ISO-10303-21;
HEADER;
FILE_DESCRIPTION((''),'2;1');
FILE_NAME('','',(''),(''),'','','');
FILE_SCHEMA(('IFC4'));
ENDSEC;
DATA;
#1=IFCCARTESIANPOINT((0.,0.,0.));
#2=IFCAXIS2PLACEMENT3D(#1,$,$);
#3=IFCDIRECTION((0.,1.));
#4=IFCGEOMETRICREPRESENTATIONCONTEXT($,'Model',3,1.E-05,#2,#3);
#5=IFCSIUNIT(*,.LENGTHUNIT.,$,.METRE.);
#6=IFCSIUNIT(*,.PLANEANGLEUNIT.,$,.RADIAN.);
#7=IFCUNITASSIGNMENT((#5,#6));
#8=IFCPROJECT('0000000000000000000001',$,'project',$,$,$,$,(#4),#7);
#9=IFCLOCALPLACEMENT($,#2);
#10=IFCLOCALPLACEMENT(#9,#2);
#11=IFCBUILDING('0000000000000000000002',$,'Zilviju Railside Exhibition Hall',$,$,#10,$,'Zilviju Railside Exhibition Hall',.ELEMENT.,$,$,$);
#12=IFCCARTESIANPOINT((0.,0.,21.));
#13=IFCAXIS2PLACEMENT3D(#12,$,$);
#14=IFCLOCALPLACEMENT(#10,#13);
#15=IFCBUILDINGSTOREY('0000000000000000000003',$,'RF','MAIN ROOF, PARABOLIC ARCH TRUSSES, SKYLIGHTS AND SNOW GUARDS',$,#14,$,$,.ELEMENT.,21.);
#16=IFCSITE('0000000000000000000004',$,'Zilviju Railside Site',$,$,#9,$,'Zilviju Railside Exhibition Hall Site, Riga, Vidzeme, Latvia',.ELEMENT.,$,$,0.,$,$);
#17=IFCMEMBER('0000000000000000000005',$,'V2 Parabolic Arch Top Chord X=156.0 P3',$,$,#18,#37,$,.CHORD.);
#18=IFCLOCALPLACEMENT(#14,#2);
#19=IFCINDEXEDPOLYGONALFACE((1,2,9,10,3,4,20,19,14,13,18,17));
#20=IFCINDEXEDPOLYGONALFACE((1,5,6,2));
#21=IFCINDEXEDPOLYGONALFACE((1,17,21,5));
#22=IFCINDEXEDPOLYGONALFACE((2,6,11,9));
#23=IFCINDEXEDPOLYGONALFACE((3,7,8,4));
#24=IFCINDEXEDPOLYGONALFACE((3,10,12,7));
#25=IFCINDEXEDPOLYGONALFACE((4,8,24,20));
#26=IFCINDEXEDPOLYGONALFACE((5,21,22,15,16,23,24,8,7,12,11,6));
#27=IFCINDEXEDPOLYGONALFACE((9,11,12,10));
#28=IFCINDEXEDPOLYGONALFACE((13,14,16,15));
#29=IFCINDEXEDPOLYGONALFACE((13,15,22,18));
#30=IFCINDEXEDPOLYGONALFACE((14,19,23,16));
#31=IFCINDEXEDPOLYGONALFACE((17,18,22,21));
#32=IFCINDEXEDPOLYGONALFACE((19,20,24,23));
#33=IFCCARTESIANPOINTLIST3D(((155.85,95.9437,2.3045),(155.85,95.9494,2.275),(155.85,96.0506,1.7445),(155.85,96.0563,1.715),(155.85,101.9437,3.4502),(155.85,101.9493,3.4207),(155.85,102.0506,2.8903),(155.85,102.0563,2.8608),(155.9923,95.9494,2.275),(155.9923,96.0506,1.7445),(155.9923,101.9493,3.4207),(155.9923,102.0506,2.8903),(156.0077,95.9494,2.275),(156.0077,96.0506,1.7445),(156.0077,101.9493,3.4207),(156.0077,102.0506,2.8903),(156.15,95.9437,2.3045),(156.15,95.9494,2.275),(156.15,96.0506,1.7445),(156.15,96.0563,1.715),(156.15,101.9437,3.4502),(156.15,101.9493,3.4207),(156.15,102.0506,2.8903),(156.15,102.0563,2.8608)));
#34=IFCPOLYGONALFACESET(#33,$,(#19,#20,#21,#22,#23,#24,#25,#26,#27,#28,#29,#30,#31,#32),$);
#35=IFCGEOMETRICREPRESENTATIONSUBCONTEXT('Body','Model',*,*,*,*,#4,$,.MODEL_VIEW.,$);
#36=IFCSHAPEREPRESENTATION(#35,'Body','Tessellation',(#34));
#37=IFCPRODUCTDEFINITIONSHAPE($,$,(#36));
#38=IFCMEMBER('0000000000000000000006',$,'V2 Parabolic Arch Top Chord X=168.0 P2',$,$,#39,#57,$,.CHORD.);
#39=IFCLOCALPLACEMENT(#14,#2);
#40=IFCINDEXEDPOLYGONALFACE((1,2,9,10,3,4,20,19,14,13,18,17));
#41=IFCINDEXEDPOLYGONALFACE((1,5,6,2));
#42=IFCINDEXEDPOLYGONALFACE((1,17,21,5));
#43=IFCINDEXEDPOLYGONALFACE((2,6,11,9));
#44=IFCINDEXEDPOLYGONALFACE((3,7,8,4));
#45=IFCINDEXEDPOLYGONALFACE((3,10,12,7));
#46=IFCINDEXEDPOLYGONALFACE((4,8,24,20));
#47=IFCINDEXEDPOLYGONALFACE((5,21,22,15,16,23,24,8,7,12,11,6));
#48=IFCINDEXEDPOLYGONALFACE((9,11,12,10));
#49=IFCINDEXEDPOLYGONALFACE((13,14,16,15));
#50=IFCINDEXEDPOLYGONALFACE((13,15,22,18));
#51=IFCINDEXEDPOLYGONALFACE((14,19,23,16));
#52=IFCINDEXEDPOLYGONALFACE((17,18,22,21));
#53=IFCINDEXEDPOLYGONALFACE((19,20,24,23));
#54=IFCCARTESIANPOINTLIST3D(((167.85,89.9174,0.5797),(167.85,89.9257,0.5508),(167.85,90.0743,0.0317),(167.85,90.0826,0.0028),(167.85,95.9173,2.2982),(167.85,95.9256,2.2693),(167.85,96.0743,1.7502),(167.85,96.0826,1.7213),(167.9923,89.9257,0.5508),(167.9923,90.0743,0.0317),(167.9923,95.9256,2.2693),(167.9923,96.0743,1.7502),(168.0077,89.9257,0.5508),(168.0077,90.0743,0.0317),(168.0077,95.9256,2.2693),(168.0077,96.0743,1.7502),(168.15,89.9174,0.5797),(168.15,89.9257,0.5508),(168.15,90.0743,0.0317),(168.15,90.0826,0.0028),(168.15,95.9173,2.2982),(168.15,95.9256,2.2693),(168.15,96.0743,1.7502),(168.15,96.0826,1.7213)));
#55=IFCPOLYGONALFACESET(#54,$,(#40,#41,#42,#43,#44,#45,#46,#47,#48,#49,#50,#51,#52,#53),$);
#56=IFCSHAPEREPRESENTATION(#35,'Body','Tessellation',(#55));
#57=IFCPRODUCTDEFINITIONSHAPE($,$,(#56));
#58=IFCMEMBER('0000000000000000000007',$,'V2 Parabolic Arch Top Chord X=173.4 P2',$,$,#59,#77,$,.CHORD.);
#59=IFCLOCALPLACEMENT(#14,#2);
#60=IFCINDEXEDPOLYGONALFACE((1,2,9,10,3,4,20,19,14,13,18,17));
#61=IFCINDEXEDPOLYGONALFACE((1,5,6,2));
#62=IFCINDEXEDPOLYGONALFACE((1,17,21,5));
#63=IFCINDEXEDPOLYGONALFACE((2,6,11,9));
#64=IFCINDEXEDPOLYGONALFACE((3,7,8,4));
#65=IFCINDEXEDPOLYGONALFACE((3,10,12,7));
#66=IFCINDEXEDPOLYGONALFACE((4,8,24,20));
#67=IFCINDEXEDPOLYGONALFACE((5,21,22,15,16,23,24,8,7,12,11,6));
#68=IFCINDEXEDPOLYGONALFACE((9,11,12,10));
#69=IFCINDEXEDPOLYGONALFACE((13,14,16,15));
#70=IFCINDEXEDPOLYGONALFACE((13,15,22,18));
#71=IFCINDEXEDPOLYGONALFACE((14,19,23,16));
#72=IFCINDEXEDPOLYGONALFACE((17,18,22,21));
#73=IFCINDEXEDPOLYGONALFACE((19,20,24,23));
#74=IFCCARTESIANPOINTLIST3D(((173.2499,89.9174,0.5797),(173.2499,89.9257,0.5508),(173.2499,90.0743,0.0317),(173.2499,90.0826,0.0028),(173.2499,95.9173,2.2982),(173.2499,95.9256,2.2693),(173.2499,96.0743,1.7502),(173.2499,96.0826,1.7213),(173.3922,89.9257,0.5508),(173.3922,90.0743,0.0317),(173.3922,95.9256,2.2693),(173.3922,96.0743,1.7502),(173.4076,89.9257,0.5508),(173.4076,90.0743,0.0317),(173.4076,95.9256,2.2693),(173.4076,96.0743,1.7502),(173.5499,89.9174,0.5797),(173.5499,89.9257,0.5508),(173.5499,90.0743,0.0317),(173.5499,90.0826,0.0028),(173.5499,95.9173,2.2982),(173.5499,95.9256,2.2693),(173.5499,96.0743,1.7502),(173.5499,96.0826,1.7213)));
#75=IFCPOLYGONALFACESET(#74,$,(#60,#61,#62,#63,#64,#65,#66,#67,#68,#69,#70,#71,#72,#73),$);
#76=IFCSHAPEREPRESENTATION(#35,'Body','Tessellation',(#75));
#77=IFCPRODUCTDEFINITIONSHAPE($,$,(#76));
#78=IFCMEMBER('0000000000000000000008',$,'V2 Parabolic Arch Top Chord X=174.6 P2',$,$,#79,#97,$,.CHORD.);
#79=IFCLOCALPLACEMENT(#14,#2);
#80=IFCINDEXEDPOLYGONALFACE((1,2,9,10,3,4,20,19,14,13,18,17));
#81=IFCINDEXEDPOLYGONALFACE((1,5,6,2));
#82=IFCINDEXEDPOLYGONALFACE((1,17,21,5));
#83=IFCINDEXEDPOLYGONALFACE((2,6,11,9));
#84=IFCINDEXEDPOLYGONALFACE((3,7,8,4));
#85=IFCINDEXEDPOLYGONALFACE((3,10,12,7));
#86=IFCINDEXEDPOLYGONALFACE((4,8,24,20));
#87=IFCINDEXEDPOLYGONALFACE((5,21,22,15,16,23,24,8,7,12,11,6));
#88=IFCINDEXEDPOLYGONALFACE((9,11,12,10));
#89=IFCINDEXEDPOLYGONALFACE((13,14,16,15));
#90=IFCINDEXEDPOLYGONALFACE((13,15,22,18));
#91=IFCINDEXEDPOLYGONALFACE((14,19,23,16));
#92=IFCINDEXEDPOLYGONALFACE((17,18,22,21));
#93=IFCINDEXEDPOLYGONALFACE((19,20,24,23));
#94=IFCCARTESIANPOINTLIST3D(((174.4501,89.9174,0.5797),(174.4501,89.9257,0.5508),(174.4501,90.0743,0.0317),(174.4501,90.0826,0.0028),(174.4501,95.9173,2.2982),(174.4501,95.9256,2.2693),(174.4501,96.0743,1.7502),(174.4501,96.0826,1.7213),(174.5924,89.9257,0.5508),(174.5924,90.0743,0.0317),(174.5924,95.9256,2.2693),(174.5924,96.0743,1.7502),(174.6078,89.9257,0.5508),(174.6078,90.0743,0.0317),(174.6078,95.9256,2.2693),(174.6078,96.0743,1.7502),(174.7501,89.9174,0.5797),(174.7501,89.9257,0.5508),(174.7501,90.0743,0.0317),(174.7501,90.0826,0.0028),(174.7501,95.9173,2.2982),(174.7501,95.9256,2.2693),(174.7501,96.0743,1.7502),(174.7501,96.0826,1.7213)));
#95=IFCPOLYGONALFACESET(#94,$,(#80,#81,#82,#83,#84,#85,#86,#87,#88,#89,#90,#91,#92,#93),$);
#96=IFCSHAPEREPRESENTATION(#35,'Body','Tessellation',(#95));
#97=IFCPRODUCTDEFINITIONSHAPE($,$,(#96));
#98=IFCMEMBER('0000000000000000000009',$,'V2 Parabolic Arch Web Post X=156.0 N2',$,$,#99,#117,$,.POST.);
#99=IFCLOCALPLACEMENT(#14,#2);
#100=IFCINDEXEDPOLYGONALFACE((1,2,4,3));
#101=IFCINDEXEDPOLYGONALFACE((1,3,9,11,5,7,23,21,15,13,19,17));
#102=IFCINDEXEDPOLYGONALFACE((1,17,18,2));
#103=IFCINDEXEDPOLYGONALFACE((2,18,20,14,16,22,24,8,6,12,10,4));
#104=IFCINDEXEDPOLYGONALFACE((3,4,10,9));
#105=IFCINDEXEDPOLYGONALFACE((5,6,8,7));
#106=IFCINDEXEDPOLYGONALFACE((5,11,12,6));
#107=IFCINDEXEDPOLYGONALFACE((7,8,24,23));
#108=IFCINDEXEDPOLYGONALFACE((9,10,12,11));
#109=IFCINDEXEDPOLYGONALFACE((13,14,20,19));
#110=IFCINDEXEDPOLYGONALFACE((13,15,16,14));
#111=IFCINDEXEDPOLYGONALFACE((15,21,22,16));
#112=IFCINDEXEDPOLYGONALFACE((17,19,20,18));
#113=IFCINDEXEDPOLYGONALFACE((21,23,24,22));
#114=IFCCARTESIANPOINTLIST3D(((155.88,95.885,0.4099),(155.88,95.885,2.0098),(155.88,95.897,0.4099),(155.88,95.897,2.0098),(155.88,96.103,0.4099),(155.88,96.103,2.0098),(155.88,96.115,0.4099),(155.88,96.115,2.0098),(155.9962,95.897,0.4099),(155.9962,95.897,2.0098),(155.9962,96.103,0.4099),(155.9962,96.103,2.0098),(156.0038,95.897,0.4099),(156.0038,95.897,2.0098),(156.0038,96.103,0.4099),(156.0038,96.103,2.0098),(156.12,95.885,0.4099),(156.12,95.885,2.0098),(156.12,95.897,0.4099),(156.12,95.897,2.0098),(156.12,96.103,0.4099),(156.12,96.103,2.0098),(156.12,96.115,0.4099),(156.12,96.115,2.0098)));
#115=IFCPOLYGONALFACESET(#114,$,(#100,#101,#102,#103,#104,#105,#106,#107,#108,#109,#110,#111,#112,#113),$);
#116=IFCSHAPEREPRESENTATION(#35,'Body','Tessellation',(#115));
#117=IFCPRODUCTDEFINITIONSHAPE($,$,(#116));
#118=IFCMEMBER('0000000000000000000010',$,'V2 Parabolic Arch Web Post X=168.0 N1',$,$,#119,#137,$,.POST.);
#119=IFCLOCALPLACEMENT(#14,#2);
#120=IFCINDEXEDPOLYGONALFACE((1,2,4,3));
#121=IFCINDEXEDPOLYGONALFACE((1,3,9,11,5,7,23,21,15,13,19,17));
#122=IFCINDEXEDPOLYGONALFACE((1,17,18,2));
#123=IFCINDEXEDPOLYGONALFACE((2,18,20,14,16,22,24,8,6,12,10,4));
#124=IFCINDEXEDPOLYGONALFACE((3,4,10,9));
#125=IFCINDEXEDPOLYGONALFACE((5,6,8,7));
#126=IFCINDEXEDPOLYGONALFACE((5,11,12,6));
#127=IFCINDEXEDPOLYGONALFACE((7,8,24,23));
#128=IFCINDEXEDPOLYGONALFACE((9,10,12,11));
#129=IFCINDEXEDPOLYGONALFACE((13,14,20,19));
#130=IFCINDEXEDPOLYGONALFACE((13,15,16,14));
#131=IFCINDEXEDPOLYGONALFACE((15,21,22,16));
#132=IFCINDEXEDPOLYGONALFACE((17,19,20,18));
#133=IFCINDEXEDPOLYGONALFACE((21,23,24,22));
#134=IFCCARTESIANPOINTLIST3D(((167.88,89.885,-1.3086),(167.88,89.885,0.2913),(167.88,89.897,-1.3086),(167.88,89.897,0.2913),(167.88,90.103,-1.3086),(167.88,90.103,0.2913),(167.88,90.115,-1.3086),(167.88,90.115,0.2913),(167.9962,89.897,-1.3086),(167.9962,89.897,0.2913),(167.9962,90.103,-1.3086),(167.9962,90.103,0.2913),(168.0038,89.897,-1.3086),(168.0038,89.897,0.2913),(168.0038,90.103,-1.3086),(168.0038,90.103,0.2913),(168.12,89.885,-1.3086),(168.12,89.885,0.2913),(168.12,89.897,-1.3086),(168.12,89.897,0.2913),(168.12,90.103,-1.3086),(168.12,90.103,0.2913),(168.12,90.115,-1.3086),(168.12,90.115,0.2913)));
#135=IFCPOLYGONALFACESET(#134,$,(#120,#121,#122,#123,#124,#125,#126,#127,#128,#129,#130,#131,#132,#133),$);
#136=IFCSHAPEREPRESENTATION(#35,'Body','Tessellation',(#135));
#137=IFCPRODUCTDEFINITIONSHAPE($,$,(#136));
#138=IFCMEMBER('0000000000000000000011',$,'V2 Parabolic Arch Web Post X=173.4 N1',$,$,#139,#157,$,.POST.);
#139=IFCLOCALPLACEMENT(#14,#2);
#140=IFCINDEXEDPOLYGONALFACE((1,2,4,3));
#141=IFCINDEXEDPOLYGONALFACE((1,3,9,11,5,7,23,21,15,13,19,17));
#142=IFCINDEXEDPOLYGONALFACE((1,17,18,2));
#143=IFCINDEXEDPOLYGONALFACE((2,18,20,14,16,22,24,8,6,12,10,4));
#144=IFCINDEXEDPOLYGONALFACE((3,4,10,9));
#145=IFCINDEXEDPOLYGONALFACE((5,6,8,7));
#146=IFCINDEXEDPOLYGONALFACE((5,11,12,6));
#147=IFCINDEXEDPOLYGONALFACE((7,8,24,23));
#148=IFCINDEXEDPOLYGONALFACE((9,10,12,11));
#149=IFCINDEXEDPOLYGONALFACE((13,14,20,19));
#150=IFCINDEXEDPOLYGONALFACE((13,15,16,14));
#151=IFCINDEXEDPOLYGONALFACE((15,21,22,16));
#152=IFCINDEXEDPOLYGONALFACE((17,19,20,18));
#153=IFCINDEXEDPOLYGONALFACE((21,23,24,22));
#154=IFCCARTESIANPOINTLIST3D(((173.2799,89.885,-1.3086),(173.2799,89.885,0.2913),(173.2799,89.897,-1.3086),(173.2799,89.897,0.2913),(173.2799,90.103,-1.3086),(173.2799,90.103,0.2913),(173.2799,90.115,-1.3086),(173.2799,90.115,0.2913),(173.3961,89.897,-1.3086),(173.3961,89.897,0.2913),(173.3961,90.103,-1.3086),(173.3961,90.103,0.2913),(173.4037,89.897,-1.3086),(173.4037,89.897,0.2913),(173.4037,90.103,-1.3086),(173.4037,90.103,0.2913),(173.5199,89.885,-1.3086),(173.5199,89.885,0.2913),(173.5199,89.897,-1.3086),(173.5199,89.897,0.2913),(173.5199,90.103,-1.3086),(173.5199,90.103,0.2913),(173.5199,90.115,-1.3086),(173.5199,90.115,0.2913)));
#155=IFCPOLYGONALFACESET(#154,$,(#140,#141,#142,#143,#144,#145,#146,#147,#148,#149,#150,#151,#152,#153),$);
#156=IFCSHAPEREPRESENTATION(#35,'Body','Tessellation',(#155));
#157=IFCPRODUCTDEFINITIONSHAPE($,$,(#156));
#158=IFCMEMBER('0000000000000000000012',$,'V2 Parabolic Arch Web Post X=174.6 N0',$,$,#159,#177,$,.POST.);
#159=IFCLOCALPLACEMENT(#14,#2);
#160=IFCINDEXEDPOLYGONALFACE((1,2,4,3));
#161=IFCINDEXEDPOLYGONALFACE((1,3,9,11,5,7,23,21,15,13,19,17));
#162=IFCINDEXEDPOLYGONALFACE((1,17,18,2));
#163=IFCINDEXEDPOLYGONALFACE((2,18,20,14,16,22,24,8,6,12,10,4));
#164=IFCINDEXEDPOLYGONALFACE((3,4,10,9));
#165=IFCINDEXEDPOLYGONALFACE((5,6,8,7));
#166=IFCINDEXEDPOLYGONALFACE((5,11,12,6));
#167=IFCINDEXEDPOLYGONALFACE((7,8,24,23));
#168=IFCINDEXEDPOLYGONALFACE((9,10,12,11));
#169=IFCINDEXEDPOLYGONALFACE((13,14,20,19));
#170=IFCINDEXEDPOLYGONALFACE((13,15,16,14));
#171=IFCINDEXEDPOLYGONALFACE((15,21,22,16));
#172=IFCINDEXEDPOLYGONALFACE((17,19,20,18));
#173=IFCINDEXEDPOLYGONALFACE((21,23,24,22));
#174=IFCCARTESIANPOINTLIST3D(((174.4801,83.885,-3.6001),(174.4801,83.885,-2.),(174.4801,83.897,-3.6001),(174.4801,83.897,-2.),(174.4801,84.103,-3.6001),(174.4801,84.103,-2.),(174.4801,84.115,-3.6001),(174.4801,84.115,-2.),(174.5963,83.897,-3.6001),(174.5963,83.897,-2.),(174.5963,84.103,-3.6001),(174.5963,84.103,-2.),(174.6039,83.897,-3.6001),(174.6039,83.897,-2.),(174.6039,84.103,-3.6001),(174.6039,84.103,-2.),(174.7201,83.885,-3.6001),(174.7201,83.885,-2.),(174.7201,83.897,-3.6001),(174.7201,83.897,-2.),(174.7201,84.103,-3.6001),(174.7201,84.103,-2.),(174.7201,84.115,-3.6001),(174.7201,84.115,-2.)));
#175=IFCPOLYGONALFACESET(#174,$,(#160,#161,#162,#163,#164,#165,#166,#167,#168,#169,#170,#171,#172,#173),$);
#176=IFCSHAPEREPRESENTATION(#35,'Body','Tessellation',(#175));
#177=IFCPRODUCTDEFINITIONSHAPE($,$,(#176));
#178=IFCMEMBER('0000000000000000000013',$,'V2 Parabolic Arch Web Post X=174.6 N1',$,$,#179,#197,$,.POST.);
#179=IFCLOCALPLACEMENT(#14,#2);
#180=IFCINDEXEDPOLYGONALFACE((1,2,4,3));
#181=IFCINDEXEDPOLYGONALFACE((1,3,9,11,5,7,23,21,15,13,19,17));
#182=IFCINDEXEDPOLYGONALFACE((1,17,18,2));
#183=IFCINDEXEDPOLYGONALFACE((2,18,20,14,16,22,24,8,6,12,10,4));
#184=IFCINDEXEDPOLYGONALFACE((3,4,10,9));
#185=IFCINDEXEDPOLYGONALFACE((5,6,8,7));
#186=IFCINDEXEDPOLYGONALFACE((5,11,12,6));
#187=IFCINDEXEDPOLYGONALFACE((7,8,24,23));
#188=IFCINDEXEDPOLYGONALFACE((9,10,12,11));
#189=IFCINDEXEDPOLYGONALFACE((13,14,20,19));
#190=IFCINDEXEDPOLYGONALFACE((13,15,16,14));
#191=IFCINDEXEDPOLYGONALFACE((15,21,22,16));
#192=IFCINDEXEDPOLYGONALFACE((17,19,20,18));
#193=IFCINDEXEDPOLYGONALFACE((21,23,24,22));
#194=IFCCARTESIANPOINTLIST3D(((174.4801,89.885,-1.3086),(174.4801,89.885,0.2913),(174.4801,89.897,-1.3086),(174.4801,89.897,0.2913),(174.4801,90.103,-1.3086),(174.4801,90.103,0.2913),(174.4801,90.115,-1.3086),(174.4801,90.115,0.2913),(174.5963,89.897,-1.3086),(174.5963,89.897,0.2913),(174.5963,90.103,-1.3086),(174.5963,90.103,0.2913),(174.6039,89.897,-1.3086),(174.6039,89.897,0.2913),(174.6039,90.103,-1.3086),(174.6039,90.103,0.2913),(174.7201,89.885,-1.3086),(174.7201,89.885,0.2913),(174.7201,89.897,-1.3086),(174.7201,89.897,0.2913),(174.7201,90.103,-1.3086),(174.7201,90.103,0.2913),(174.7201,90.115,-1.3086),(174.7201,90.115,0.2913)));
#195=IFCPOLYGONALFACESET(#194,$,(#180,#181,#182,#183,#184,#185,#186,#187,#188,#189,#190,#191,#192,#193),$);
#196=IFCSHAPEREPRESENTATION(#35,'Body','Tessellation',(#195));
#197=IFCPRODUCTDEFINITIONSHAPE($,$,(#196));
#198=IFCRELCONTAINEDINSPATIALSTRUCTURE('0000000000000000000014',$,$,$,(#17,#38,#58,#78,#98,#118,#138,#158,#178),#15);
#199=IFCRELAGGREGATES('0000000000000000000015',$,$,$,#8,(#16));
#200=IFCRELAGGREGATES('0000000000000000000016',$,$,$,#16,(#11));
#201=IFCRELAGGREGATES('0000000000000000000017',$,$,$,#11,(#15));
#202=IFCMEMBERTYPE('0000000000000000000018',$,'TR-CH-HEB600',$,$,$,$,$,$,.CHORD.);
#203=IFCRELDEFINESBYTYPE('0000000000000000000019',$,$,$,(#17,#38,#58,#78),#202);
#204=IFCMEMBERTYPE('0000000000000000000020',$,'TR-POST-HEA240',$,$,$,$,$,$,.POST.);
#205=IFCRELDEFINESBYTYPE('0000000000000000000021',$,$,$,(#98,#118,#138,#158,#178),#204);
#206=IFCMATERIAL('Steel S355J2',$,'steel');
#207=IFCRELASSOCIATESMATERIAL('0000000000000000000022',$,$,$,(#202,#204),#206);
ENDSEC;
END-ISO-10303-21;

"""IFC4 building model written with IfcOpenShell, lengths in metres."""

from ifc_helpers import new_model, si_unit, direction, frame, origin, origin_2d, place, context, subcontext, project, spatial, i_section, extrude, material, material_profile, profile_set, type_object, element, save


model = new_model("IFC4")

# Units and contexts
model_context = context("Model", 3, precision=1e-05, world=origin(), true_north=direction((0.0, 1.0)))
body_context = subcontext(model_context, "Body", "Model", "MODEL_VIEW")
ifc_project = project(units=[si_unit("LENGTHUNIT", "METRE"), si_unit("PLANEANGLEUNIT", "RADIAN")], contexts=[model_context])

# Site, building, storey
site_placement = place(None, origin())
site = spatial("IfcSite", under=ifc_project, at=site_placement, Name="Zilviju Railside Site", LongName="Zilviju Railside Exhibition Hall Site, Riga, Vidzeme, Latvia", CompositionType="ELEMENT", RefElevation=0.0)
building_placement = place(site_placement, origin())
building = spatial("IfcBuilding", under=site, at=building_placement, Name="Zilviju Railside Exhibition Hall", LongName="Zilviju Railside Exhibition Hall", CompositionType="ELEMENT")
storey_placement = place(building_placement, frame((0.0, 0.0, 21.0)))
storey = spatial("IfcBuildingStorey", under=building, at=storey_placement, Name="RF", Description="MAIN ROOF, PARABOLIC ARCH TRUSSES, SKYLIGHTS AND SNOW GUARDS", CompositionType="ELEMENT", Elevation=21.0)

# Members
ifc_material_1 = material(Name="Steel S355J2", Category="steel")
ifc_material_profile_1 = material_profile(ifc_material_1, i_section(OverallWidth=0.3, OverallDepth=0.6001, WebThickness=0.0154, FlangeThickness=0.03, at=origin_2d()), Name="HEB 600")
ifc_profile_set_1 = profile_set([ifc_material_profile_1], Name="Steel S355J2")
member_type_1 = type_object("IfcMemberType", Name="TR-CH-HEB600", PredefinedType="CHORD", material=ifc_profile_set_1)
member_1_placement = place(storey_placement, frame((156.0, 96.0, 2.0098), z_axis=(0.0, 0.982251, 0.187569), x_axis=(-1.0, 0.0, 0.0)))
element("IfcMember", 1, at=member_1_placement, inside=storey, type_object=member_type_1, Name="V2 Parabolic Arch Top Chord X=156.0 P3", PredefinedType="CHORD", context=body_context, shape_type="SweptSolid", body=[
    extrude(i_section(OverallWidth=0.3, OverallDepth=0.6001, WebThickness=0.0154, FlangeThickness=0.03, at=origin_2d()), origin(), (0.0, 0.0, 1.0), 6.1084),
])
for number, where, z_axis, x_axis, name in (
    (2, (168.0, 90.0, 0.2913), (0.0, 0.961345, 0.275346), (-1.0, 0.0, 0.0), "V2 Parabolic Arch Top Chord X=168.0 P2"),
    (3, (173.3999, 90.0, 0.2913), (0.0, 0.961345, 0.275346), (-1.0, 0.0, 0.0), "V2 Parabolic Arch Top Chord X=173.4 P2"),
    (4, (174.6001, 90.0, 0.2913), (0.0, 0.961345, 0.275346), (-1.0, 0.0, 0.0), "V2 Parabolic Arch Top Chord X=174.6 P2"),
):
    element("IfcMember", number, at=place(storey_placement, frame(where, z_axis=z_axis, x_axis=x_axis)), inside=storey, type_object=member_type_1, Name=name, PredefinedType="CHORD", context=body_context, shape_type="SweptSolid", body=[
        extrude(i_section(OverallWidth=0.3, OverallDepth=0.6001, WebThickness=0.0154, FlangeThickness=0.03, at=origin_2d()), origin(), (0.0, 0.0, 1.0), 6.2412),
    ])
ifc_material_profile_2 = material_profile(ifc_material_1, i_section(OverallWidth=0.24, OverallDepth=0.23, WebThickness=0.0076, FlangeThickness=0.012, at=origin_2d()), Name="HEA 240")
ifc_profile_set_2 = profile_set([ifc_material_profile_2], Name="Steel S355J2")
member_type_2 = type_object("IfcMemberType", Name="TR-POST-HEA240", PredefinedType="POST", material=ifc_profile_set_2)
for number, where, z_axis, x_axis, name in (
    (5, (156.0, 96.0, 0.4099), (0.0, 0.0, 1.0), (1.0, 0.0, 0.0), "V2 Parabolic Arch Web Post X=156.0 N2"),
    (6, (168.0, 90.0, -1.3086), (0.0, 0.0, 1.0), (1.0, 0.0, 0.0), "V2 Parabolic Arch Web Post X=168.0 N1"),
    (7, (173.3999, 90.0, -1.3086), (0.0, 0.0, 1.0), (1.0, 0.0, 0.0), "V2 Parabolic Arch Web Post X=173.4 N1"),
):
    element("IfcMember", number, at=place(storey_placement, frame(where, z_axis=z_axis, x_axis=x_axis)), inside=storey, type_object=member_type_2, Name=name, PredefinedType="POST", context=body_context, shape_type="SweptSolid", body=[
        extrude(i_section(OverallWidth=0.24, OverallDepth=0.23, WebThickness=0.0076, FlangeThickness=0.012, at=origin_2d()), origin(), (0.0, 0.0, 1.0), 1.5999),
    ])
member_2_placement = place(storey_placement, frame((174.6001, 84.0, -3.6001), z_axis=(0.0, 0.0, 1.0), x_axis=(1.0, 0.0, 0.0)))
element("IfcMember", 8, at=member_2_placement, inside=storey, type_object=member_type_2, Name="V2 Parabolic Arch Web Post X=174.6 N0", PredefinedType="POST", context=body_context, shape_type="SweptSolid", body=[
    extrude(i_section(OverallWidth=0.24, OverallDepth=0.23, WebThickness=0.0076, FlangeThickness=0.012, at=origin_2d()), origin(), (0.0, 0.0, 1.0), 1.6001),
])
member_3_placement = place(storey_placement, frame((174.6001, 90.0, -1.3086), z_axis=(0.0, 0.0, 1.0), x_axis=(1.0, 0.0, 0.0)))
element("IfcMember", 9, at=member_3_placement, inside=storey, type_object=member_type_2, Name="V2 Parabolic Arch Web Post X=174.6 N1", PredefinedType="POST", context=body_context, shape_type="SweptSolid", body=[
    extrude(i_section(OverallWidth=0.24, OverallDepth=0.23, WebThickness=0.0076, FlangeThickness=0.012, at=origin_2d()), origin(), (0.0, 0.0, 1.0), 1.5999),
])

save(model, "model.ifc")
